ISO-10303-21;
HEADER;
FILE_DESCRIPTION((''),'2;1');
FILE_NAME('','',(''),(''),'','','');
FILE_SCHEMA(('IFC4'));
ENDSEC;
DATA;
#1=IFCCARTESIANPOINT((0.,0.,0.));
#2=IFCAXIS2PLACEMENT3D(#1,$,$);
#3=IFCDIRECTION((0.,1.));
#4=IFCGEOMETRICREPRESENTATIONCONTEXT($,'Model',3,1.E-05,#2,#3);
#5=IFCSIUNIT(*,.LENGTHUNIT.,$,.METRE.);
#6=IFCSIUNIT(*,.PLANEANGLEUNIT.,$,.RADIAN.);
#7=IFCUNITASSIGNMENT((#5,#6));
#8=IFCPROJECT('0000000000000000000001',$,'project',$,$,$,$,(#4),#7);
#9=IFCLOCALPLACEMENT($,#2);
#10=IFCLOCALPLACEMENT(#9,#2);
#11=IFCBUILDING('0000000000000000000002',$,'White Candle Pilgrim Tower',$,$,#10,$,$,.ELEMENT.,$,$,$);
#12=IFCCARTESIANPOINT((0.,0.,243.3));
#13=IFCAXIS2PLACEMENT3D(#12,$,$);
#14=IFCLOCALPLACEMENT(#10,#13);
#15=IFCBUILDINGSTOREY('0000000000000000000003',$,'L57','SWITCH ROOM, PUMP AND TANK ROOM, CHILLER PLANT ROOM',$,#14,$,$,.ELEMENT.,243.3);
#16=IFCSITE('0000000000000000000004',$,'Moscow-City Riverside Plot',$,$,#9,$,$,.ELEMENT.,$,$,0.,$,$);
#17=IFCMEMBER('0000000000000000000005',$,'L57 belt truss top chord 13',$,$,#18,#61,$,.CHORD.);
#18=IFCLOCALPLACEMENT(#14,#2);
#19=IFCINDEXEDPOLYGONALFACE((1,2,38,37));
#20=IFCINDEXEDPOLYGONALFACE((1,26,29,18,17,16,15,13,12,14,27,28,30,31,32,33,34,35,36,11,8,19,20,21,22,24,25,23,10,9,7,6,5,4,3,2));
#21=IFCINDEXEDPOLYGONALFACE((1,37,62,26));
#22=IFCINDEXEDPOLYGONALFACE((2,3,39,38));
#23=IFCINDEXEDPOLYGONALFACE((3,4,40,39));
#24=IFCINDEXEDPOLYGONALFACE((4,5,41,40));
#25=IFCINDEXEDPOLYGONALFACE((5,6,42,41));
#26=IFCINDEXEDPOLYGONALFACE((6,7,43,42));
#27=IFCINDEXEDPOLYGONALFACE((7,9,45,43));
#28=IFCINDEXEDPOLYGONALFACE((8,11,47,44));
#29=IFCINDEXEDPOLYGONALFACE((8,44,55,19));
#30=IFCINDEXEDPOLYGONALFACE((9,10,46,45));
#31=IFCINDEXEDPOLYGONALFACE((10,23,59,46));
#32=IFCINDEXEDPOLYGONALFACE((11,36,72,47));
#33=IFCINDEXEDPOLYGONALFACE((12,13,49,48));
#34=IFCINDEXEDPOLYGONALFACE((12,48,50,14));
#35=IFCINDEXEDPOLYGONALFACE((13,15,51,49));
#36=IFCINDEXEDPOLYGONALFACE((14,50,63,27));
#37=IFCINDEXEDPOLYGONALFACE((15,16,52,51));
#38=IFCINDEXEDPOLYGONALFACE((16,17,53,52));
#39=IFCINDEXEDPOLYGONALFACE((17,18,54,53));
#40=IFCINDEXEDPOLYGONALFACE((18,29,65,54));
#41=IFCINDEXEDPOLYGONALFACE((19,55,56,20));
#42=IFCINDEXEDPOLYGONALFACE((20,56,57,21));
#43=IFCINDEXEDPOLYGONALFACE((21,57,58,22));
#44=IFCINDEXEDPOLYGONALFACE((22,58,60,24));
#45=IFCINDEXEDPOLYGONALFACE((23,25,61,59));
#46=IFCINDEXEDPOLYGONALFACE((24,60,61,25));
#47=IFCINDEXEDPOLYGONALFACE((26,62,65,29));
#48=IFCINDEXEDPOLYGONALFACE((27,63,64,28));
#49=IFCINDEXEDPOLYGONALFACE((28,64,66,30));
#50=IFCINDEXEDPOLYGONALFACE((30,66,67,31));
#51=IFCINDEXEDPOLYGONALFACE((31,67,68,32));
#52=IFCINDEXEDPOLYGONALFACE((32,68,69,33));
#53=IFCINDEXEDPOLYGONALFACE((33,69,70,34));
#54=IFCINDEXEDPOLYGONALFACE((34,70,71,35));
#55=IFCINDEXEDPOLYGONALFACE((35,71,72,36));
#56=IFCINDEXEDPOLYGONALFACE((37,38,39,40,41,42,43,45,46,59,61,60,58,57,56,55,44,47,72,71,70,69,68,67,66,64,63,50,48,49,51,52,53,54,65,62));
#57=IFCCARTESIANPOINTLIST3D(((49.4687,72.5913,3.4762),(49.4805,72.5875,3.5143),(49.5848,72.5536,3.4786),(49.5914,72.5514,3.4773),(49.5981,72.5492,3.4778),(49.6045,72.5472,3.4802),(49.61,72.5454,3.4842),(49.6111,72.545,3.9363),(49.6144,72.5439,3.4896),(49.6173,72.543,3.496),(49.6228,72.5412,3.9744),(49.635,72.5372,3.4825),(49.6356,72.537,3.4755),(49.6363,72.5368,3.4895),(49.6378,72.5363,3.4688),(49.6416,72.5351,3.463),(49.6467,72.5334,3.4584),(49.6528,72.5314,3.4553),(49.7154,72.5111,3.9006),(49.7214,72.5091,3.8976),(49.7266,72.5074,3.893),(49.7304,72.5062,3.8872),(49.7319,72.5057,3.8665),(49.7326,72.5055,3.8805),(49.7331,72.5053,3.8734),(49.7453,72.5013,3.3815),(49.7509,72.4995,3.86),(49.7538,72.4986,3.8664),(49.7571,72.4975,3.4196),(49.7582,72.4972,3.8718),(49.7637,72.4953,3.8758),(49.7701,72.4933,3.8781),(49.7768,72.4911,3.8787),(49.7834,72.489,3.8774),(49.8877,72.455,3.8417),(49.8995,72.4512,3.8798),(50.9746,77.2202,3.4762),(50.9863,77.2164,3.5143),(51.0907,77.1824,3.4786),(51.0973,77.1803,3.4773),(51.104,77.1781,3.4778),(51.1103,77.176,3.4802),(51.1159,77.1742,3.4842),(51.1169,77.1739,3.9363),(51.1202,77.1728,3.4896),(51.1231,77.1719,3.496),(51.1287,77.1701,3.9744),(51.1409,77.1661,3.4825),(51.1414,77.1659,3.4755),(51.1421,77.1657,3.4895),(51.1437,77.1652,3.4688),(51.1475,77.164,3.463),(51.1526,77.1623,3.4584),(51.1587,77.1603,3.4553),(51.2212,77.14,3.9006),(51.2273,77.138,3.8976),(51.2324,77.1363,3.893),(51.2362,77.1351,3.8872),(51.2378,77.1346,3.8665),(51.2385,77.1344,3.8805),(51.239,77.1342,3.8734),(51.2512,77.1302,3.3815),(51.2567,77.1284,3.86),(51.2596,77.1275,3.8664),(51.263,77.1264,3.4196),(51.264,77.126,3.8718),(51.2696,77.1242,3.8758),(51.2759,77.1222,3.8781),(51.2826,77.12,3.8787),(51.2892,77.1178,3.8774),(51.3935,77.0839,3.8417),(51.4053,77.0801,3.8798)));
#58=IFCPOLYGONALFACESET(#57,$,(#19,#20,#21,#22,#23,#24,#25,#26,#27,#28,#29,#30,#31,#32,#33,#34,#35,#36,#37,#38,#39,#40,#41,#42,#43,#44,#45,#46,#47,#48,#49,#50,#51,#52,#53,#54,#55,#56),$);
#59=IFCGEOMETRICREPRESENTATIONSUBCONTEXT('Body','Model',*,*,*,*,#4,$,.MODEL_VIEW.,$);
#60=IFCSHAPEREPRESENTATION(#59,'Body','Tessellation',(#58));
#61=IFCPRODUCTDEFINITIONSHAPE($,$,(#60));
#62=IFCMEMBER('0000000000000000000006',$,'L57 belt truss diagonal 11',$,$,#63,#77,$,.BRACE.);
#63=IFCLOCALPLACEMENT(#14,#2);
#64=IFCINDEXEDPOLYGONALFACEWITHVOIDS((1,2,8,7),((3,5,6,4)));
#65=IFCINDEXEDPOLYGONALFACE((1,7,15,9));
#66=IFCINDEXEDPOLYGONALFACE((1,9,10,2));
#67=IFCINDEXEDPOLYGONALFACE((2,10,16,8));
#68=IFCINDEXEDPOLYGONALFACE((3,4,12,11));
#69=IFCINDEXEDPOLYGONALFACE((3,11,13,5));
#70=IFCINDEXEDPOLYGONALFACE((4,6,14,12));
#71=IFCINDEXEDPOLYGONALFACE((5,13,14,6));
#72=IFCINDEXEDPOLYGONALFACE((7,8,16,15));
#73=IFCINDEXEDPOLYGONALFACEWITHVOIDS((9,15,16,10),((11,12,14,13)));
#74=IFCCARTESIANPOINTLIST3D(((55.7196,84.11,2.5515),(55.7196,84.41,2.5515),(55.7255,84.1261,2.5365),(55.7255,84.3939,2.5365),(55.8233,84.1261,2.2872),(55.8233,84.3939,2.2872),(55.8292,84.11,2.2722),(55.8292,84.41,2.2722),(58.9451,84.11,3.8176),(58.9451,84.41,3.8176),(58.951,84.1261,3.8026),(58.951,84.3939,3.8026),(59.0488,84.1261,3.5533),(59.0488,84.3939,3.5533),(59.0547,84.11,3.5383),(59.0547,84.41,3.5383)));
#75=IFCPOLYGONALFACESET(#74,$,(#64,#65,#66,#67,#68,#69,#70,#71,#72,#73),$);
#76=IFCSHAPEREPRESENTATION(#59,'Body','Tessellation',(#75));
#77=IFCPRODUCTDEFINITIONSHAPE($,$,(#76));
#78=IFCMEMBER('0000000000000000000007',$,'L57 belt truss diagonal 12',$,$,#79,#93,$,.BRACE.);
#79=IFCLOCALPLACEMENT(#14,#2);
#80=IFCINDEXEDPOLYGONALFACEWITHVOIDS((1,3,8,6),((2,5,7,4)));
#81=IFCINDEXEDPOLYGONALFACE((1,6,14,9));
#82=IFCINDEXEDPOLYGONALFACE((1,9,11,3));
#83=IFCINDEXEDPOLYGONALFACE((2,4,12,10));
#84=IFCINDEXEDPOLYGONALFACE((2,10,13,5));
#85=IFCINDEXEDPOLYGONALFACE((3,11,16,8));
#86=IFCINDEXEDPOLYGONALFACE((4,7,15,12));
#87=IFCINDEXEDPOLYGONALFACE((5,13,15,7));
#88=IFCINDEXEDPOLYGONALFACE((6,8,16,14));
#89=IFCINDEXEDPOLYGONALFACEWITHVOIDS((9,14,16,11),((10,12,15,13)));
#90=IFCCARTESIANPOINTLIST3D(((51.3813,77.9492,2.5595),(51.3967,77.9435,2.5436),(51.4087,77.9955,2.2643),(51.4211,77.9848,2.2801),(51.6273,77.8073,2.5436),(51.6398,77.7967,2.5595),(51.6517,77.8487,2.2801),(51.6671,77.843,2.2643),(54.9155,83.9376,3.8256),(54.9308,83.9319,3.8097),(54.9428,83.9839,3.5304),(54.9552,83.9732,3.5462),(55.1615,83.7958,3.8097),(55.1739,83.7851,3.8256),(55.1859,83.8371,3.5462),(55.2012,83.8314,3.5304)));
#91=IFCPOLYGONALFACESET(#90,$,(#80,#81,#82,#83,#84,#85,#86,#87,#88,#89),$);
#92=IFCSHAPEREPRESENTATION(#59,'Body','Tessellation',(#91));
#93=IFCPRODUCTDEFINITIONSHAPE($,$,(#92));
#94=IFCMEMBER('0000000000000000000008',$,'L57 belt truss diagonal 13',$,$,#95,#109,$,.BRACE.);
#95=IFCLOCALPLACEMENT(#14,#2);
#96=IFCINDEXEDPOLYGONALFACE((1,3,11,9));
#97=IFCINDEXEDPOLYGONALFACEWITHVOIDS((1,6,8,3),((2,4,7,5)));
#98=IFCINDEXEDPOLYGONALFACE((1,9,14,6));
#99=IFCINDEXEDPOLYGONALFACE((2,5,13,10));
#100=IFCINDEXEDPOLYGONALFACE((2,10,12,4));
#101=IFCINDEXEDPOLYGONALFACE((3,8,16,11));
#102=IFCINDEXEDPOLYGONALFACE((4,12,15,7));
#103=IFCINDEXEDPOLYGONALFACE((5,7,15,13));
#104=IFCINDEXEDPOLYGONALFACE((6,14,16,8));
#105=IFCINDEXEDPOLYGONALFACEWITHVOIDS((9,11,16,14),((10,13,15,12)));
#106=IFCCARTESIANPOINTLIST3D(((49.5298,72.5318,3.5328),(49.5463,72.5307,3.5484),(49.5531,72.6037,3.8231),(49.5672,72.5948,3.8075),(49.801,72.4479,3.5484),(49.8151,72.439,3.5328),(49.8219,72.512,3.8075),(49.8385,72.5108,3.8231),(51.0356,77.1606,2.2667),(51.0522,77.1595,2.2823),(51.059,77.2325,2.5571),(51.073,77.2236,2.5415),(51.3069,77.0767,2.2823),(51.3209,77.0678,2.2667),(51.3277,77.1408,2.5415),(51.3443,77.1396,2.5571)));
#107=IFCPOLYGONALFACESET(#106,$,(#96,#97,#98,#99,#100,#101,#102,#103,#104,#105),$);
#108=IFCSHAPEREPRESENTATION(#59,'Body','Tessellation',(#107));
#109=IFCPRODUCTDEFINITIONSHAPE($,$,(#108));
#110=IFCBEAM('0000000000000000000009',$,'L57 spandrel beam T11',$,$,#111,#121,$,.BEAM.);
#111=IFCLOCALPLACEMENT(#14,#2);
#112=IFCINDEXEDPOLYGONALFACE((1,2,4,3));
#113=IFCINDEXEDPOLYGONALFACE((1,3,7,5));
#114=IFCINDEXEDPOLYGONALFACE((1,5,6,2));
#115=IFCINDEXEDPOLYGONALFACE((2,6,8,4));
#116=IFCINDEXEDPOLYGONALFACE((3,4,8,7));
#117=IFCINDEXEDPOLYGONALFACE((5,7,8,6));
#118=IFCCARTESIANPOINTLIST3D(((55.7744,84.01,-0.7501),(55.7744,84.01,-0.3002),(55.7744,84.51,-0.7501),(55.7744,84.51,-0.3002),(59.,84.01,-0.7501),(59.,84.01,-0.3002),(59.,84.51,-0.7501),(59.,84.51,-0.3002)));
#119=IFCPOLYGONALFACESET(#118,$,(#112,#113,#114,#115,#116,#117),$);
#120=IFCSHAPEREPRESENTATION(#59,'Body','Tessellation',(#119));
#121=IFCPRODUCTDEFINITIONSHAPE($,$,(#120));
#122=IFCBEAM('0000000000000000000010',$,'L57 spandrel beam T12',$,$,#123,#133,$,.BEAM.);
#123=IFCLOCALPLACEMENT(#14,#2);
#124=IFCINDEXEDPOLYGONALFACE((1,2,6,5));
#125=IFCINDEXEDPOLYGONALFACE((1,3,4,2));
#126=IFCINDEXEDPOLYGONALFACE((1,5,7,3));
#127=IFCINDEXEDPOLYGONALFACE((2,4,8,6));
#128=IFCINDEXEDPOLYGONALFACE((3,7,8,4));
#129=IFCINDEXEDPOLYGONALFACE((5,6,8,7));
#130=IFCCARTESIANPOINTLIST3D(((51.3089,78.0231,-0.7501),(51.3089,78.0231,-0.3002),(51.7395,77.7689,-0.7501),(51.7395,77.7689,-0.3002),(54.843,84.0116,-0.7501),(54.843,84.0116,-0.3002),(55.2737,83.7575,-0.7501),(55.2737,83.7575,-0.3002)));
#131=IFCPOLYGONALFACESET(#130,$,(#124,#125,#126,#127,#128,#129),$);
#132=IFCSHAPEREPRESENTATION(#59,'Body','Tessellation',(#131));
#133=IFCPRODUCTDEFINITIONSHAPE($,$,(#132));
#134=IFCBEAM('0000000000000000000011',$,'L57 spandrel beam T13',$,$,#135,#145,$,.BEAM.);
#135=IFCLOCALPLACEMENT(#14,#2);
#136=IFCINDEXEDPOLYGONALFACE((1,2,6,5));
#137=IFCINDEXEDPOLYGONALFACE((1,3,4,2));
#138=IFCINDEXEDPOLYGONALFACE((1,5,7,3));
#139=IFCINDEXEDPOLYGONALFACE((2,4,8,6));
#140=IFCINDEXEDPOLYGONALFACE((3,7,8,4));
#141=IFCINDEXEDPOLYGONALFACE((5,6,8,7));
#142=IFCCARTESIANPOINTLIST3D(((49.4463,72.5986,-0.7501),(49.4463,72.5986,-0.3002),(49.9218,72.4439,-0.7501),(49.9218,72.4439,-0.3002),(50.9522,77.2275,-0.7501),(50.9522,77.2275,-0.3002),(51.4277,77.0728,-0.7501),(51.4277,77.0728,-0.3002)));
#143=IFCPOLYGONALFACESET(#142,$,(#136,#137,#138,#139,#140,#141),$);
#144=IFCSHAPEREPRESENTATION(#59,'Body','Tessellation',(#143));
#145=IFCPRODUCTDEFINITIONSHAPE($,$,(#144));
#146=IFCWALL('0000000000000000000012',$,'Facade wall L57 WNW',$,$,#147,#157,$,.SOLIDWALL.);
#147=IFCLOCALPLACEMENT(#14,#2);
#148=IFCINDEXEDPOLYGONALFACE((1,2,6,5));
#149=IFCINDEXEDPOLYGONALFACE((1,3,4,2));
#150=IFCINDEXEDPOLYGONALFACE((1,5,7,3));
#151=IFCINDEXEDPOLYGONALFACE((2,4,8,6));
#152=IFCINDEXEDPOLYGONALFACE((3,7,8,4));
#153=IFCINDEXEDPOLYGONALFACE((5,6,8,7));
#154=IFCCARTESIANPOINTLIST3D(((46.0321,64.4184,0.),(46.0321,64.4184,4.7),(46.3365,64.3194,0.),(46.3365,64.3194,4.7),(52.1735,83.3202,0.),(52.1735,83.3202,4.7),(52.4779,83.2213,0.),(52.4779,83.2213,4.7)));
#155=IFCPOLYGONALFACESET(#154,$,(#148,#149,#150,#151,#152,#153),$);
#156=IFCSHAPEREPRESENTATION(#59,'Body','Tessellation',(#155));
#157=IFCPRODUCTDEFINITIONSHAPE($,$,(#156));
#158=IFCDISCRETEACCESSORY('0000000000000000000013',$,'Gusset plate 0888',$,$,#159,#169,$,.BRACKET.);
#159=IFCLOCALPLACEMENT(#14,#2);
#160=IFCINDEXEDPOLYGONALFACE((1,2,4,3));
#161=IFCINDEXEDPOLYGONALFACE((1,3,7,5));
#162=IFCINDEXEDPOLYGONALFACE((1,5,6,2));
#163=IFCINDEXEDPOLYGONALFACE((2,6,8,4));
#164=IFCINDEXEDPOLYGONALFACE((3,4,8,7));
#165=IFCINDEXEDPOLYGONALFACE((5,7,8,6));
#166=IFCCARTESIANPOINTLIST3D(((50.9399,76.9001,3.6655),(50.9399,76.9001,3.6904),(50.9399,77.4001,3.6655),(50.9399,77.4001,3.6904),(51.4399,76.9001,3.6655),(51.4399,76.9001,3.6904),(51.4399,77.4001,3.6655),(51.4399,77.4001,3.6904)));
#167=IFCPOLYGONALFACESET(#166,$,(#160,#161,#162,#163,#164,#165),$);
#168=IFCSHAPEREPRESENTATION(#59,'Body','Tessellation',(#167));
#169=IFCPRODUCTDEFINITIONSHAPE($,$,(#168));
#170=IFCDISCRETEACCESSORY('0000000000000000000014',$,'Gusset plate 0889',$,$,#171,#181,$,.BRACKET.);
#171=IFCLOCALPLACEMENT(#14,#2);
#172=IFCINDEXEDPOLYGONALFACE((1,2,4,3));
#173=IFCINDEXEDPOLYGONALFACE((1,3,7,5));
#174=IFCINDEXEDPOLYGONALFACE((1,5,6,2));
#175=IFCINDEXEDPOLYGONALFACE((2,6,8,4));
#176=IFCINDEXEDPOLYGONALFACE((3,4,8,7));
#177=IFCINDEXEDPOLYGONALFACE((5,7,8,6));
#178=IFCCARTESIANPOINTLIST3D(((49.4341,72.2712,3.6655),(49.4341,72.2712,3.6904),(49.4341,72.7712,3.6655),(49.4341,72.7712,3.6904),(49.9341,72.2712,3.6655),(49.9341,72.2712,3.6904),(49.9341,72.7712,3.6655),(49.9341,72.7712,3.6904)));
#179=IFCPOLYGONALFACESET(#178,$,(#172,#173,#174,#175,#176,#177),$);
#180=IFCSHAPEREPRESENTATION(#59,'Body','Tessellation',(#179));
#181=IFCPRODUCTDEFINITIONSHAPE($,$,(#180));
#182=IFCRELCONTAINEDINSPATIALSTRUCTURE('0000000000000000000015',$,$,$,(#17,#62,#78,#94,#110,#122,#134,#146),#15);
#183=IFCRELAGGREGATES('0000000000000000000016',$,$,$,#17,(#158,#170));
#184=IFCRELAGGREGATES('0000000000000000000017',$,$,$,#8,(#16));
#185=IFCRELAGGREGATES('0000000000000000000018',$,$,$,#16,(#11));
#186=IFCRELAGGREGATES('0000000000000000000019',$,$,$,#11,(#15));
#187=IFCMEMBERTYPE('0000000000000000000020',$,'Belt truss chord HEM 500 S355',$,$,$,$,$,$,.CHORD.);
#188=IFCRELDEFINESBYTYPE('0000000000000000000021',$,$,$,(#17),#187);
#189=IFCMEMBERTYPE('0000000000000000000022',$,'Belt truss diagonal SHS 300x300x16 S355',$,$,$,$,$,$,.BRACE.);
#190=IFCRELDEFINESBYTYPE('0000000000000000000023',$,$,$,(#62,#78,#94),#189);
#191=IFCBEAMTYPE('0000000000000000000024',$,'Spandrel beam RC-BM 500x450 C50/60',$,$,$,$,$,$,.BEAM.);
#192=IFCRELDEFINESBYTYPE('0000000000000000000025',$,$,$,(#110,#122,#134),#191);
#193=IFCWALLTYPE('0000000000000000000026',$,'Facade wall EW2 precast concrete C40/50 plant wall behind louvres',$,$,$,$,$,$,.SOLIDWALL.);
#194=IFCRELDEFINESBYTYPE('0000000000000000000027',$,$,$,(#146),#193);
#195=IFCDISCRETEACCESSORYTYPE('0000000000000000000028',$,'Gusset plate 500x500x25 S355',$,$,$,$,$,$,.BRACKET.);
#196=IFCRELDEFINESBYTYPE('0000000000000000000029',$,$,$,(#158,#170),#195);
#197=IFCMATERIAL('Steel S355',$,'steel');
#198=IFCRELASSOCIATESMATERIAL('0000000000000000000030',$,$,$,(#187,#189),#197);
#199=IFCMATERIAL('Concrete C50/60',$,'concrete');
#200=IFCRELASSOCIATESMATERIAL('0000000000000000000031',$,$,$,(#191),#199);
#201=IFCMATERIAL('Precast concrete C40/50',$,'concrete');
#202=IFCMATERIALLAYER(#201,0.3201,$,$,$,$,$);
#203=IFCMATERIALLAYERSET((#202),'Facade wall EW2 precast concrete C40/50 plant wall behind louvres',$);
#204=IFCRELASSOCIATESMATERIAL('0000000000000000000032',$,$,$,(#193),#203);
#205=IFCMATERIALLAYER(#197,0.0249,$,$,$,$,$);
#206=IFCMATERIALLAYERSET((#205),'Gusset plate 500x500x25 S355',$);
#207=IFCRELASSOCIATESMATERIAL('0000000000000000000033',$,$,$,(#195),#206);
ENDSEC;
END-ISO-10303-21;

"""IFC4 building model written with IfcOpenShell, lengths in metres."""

from ifc_helpers import new_model, si_unit, direction, frame, frame_2d, origin, origin_2d, place, context, subcontext, project, spatial, rectangle, hollow_rectangle, i_section, extrude, material, layer, layer_set, material_profile, profile_set, type_object, element, aggregate, save


model = new_model("IFC4")

# Units and contexts
model_context = context("Model", 3, precision=1e-05, world=origin(), true_north=direction((0.0, 1.0)))
body_context = subcontext(model_context, "Body", "Model", "MODEL_VIEW")
ifc_project = project(units=[si_unit("LENGTHUNIT", "METRE"), si_unit("PLANEANGLEUNIT", "RADIAN")], contexts=[model_context])

# Site, building, storey
site_placement = place(None, origin())
site = spatial("IfcSite", under=ifc_project, at=site_placement, Name="Moscow-City Riverside Plot", CompositionType="ELEMENT", RefElevation=0.0)
building_placement = place(site_placement, origin())
building = spatial("IfcBuilding", under=site, at=building_placement, Name="White Candle Pilgrim Tower", CompositionType="ELEMENT")
storey_placement = place(building_placement, frame((0.0, 0.0, 243.3)))
storey = spatial("IfcBuildingStorey", under=building, at=storey_placement, Name="L57", Description="SWITCH ROOM, PUMP AND TANK ROOM, CHILLER PLANT ROOM", CompositionType="ELEMENT", Elevation=243.3)

# Member
ifc_material_1 = material(Name="Steel S355", Category="steel")
ifc_material_profile_1 = material_profile(ifc_material_1, i_section(OverallWidth=0.3059, OverallDepth=0.5239, WebThickness=0.021, FlangeThickness=0.04, FilletRadius=0.0271, at=origin_2d()), Name="HEM 500")
ifc_profile_set_1 = profile_set([ifc_material_profile_1], Name="Steel S355")
member_type_1 = type_object("IfcMemberType", Name="Belt truss chord HEM 500 S355", PredefinedType="CHORD", material=ifc_profile_set_1)
member_1_placement = place(storey_placement, frame((51.1899, 77.1501, 3.678), z_axis=(-0.309358, -0.950946, 0.0), x_axis=(0.904297, -0.294183, -0.30936)))
member_1 = element("IfcMember", 1, at=member_1_placement, inside=storey, type_object=member_type_1, Name="L57 belt truss top chord 13", PredefinedType="CHORD", context=body_context, shape_type="SweptSolid", body=[
    extrude(i_section(OverallWidth=0.3059, OverallDepth=0.5239, WebThickness=0.021, FlangeThickness=0.04, FilletRadius=0.0271, at=origin_2d()), origin(), (0.0, 0.0, 1.0), 4.8677),
])

# Members
ifc_material_profile_2 = material_profile(ifc_material_1, hollow_rectangle(XDim=0.3, YDim=0.3, WallThickness=0.0161, at=origin_2d()), Name="SHS 300x300x16")
ifc_profile_set_2 = profile_set([ifc_material_profile_2], Name="Steel S355")
member_type_2 = type_object("IfcMemberType", Name="Belt truss diagonal SHS 300x300x16 S355", PredefinedType="BRACE", material=ifc_profile_set_2)
member_2_placement = place(storey_placement, frame((55.7744, 84.26, 2.4119), z_axis=(0.930858, 0.0, 0.365382), x_axis=(0.0, 1.0, 0.0)))
element("IfcMember", 2, at=member_2_placement, inside=storey, type_object=member_type_2, Name="L57 belt truss diagonal 11", PredefinedType="BRACE", context=body_context, shape_type="SweptSolid", body=[
    extrude(hollow_rectangle(XDim=0.3, YDim=0.3, WallThickness=0.0161, at=origin_2d()), origin(), (0.0, 0.0, 1.0), 3.4651),
])
member_3_placement = place(storey_placement, frame((55.0583, 83.8845, 3.678), z_axis=(-0.500029, -0.847279, -0.179134), x_axis=(0.861209, -0.50825, 0.0)))
element("IfcMember", 3, at=member_3_placement, inside=storey, type_object=member_type_2, Name="L57 belt truss diagonal 12", PredefinedType="BRACE", context=body_context, shape_type="SweptSolid", body=[
    extrude(hollow_rectangle(XDim=0.3, YDim=0.3, WallThickness=0.0161, at=origin_2d()), origin(), (0.0, 0.0, 1.0), 7.0679),
])
member_4_placement = place(storey_placement, frame((51.1899, 77.1501, 2.4119), z_axis=(-0.299396, -0.920323, 0.25173), x_axis=(0.950946, -0.309358, 0.0)))
element("IfcMember", 4, at=member_4_placement, inside=storey, type_object=member_type_2, Name="L57 belt truss diagonal 13", PredefinedType="BRACE", context=body_context, shape_type="SweptSolid", body=[
    extrude(hollow_rectangle(XDim=0.3, YDim=0.3, WallThickness=0.0161, at=origin_2d()), origin(), (0.0, 0.0, 1.0), 5.0295),
])

# Beams
ifc_material_2 = material(Name="Concrete C50/60", Category="concrete")
ifc_material_profile_3 = material_profile(ifc_material_2, rectangle(XDim=0.5, YDim=0.45, at=origin_2d()), Name="RC-BM 500x450")
ifc_profile_set_3 = profile_set([ifc_material_profile_3], Name="Concrete C50/60")
beam_type = type_object("IfcBeamType", Name="Spandrel beam RC-BM 500x450 C50/60", PredefinedType="BEAM", material=ifc_profile_set_3)
beam_1_placement = place(storey_placement, frame((55.7744, 84.26, -0.5251), z_axis=(1.0, 0.0, 0.0), x_axis=(0.0, 1.0, 0.0)))
element("IfcBeam", 5, at=beam_1_placement, inside=storey, type_object=beam_type, Name="L57 spandrel beam T11", PredefinedType="BEAM", context=body_context, shape_type="SweptSolid", body=[
    extrude(rectangle(XDim=0.5, YDim=0.45, at=origin_2d()), origin(), (0.0, 0.0, 1.0), 3.2256),
])
beam_2_placement = place(storey_placement, frame((55.0583, 83.8845, -0.5251), z_axis=(-0.50825, -0.861209, 0.0), x_axis=(0.861209, -0.50825, 0.0)))
element("IfcBeam", 6, at=beam_2_placement, inside=storey, type_object=beam_type, Name="L57 spandrel beam T12", PredefinedType="BEAM", context=body_context, shape_type="SweptSolid", body=[
    extrude(rectangle(XDim=0.5, YDim=0.45, at=origin_2d()), origin(), (0.0, 0.0, 1.0), 6.9536),
])
beam_3_placement = place(storey_placement, frame((51.1899, 77.1501, -0.5251), z_axis=(-0.309358, -0.950946, 0.0), x_axis=(0.950946, -0.309358, 0.0)))
element("IfcBeam", 7, at=beam_3_placement, inside=storey, type_object=beam_type, Name="L57 spandrel beam T13", PredefinedType="BEAM", context=body_context, shape_type="SweptSolid", body=[
    extrude(rectangle(XDim=0.5, YDim=0.45, at=origin_2d()), origin(), (0.0, 0.0, 1.0), 4.8677),
])

# Wall
ifc_material_3 = material(Name="Precast concrete C40/50", Category="concrete")
ifc_layer_1 = layer(ifc_material_3, 0.3201)
ifc_layer_set_1 = layer_set([ifc_layer_1], Name="Facade wall EW2 precast concrete C40/50 plant wall behind louvres")
wall_type_1 = type_object("IfcWallType", Name="Facade wall EW2 precast concrete C40/50 plant wall behind louvres", PredefinedType="SOLIDWALL", material=ifc_layer_set_1)
wall_1_placement = place(storey_placement, frame((52.3257, 83.2708, 0.0), z_axis=(0.0, 0.0, 1.0), x_axis=(-0.309007, -0.95106, 0.0)))
element("IfcWall", 8, at=wall_1_placement, inside=storey, type_object=wall_type_1, Name="Facade wall L57 WNW", PredefinedType="SOLIDWALL", context=body_context, shape_type="SweptSolid", body=[
    extrude(rectangle(XDim=19.8745, YDim=0.3201, at=frame_2d((9.9373, 0.0))), origin(), (0.0, 0.0, 1.0), 4.7),
])

# Discrete accessories
ifc_layer_2 = layer(ifc_material_1, 0.0249)
ifc_layer_set_2 = layer_set([ifc_layer_2], Name="Gusset plate 500x500x25 S355")
discrete_accessory_type_1 = type_object("IfcDiscreteAccessoryType", Name="Gusset plate 500x500x25 S355", PredefinedType="BRACKET", material=ifc_layer_set_2)
discrete_accessory_1_placement = place(storey_placement, frame((51.1899, 77.1501, 3.6655), z_axis=(0.0, 0.0, 1.0), x_axis=(1.0, 0.0, 0.0)))
discrete_accessory_1 = element("IfcDiscreteAccessory", 9, at=discrete_accessory_1_placement, type_object=discrete_accessory_type_1, Name="Gusset plate 0888", PredefinedType="BRACKET", context=body_context, shape_type="SweptSolid", body=[
    extrude(rectangle(XDim=0.5, YDim=0.5, at=origin_2d()), origin(), (0.0, 0.0, 1.0), 0.0249),
])
discrete_accessory_2_placement = place(storey_placement, frame((49.6841, 72.5212, 3.6655), z_axis=(0.0, 0.0, 1.0), x_axis=(1.0, 0.0, 0.0)))
discrete_accessory_2 = element("IfcDiscreteAccessory", 10, at=discrete_accessory_2_placement, type_object=discrete_accessory_type_1, Name="Gusset plate 0889", PredefinedType="BRACKET", context=body_context, shape_type="SweptSolid", body=[
    extrude(rectangle(XDim=0.5, YDim=0.5, at=origin_2d()), origin(), (0.0, 0.0, 1.0), 0.0249),
])
aggregate(member_1, [discrete_accessory_1, discrete_accessory_2])

save(model, "model.ifc")
